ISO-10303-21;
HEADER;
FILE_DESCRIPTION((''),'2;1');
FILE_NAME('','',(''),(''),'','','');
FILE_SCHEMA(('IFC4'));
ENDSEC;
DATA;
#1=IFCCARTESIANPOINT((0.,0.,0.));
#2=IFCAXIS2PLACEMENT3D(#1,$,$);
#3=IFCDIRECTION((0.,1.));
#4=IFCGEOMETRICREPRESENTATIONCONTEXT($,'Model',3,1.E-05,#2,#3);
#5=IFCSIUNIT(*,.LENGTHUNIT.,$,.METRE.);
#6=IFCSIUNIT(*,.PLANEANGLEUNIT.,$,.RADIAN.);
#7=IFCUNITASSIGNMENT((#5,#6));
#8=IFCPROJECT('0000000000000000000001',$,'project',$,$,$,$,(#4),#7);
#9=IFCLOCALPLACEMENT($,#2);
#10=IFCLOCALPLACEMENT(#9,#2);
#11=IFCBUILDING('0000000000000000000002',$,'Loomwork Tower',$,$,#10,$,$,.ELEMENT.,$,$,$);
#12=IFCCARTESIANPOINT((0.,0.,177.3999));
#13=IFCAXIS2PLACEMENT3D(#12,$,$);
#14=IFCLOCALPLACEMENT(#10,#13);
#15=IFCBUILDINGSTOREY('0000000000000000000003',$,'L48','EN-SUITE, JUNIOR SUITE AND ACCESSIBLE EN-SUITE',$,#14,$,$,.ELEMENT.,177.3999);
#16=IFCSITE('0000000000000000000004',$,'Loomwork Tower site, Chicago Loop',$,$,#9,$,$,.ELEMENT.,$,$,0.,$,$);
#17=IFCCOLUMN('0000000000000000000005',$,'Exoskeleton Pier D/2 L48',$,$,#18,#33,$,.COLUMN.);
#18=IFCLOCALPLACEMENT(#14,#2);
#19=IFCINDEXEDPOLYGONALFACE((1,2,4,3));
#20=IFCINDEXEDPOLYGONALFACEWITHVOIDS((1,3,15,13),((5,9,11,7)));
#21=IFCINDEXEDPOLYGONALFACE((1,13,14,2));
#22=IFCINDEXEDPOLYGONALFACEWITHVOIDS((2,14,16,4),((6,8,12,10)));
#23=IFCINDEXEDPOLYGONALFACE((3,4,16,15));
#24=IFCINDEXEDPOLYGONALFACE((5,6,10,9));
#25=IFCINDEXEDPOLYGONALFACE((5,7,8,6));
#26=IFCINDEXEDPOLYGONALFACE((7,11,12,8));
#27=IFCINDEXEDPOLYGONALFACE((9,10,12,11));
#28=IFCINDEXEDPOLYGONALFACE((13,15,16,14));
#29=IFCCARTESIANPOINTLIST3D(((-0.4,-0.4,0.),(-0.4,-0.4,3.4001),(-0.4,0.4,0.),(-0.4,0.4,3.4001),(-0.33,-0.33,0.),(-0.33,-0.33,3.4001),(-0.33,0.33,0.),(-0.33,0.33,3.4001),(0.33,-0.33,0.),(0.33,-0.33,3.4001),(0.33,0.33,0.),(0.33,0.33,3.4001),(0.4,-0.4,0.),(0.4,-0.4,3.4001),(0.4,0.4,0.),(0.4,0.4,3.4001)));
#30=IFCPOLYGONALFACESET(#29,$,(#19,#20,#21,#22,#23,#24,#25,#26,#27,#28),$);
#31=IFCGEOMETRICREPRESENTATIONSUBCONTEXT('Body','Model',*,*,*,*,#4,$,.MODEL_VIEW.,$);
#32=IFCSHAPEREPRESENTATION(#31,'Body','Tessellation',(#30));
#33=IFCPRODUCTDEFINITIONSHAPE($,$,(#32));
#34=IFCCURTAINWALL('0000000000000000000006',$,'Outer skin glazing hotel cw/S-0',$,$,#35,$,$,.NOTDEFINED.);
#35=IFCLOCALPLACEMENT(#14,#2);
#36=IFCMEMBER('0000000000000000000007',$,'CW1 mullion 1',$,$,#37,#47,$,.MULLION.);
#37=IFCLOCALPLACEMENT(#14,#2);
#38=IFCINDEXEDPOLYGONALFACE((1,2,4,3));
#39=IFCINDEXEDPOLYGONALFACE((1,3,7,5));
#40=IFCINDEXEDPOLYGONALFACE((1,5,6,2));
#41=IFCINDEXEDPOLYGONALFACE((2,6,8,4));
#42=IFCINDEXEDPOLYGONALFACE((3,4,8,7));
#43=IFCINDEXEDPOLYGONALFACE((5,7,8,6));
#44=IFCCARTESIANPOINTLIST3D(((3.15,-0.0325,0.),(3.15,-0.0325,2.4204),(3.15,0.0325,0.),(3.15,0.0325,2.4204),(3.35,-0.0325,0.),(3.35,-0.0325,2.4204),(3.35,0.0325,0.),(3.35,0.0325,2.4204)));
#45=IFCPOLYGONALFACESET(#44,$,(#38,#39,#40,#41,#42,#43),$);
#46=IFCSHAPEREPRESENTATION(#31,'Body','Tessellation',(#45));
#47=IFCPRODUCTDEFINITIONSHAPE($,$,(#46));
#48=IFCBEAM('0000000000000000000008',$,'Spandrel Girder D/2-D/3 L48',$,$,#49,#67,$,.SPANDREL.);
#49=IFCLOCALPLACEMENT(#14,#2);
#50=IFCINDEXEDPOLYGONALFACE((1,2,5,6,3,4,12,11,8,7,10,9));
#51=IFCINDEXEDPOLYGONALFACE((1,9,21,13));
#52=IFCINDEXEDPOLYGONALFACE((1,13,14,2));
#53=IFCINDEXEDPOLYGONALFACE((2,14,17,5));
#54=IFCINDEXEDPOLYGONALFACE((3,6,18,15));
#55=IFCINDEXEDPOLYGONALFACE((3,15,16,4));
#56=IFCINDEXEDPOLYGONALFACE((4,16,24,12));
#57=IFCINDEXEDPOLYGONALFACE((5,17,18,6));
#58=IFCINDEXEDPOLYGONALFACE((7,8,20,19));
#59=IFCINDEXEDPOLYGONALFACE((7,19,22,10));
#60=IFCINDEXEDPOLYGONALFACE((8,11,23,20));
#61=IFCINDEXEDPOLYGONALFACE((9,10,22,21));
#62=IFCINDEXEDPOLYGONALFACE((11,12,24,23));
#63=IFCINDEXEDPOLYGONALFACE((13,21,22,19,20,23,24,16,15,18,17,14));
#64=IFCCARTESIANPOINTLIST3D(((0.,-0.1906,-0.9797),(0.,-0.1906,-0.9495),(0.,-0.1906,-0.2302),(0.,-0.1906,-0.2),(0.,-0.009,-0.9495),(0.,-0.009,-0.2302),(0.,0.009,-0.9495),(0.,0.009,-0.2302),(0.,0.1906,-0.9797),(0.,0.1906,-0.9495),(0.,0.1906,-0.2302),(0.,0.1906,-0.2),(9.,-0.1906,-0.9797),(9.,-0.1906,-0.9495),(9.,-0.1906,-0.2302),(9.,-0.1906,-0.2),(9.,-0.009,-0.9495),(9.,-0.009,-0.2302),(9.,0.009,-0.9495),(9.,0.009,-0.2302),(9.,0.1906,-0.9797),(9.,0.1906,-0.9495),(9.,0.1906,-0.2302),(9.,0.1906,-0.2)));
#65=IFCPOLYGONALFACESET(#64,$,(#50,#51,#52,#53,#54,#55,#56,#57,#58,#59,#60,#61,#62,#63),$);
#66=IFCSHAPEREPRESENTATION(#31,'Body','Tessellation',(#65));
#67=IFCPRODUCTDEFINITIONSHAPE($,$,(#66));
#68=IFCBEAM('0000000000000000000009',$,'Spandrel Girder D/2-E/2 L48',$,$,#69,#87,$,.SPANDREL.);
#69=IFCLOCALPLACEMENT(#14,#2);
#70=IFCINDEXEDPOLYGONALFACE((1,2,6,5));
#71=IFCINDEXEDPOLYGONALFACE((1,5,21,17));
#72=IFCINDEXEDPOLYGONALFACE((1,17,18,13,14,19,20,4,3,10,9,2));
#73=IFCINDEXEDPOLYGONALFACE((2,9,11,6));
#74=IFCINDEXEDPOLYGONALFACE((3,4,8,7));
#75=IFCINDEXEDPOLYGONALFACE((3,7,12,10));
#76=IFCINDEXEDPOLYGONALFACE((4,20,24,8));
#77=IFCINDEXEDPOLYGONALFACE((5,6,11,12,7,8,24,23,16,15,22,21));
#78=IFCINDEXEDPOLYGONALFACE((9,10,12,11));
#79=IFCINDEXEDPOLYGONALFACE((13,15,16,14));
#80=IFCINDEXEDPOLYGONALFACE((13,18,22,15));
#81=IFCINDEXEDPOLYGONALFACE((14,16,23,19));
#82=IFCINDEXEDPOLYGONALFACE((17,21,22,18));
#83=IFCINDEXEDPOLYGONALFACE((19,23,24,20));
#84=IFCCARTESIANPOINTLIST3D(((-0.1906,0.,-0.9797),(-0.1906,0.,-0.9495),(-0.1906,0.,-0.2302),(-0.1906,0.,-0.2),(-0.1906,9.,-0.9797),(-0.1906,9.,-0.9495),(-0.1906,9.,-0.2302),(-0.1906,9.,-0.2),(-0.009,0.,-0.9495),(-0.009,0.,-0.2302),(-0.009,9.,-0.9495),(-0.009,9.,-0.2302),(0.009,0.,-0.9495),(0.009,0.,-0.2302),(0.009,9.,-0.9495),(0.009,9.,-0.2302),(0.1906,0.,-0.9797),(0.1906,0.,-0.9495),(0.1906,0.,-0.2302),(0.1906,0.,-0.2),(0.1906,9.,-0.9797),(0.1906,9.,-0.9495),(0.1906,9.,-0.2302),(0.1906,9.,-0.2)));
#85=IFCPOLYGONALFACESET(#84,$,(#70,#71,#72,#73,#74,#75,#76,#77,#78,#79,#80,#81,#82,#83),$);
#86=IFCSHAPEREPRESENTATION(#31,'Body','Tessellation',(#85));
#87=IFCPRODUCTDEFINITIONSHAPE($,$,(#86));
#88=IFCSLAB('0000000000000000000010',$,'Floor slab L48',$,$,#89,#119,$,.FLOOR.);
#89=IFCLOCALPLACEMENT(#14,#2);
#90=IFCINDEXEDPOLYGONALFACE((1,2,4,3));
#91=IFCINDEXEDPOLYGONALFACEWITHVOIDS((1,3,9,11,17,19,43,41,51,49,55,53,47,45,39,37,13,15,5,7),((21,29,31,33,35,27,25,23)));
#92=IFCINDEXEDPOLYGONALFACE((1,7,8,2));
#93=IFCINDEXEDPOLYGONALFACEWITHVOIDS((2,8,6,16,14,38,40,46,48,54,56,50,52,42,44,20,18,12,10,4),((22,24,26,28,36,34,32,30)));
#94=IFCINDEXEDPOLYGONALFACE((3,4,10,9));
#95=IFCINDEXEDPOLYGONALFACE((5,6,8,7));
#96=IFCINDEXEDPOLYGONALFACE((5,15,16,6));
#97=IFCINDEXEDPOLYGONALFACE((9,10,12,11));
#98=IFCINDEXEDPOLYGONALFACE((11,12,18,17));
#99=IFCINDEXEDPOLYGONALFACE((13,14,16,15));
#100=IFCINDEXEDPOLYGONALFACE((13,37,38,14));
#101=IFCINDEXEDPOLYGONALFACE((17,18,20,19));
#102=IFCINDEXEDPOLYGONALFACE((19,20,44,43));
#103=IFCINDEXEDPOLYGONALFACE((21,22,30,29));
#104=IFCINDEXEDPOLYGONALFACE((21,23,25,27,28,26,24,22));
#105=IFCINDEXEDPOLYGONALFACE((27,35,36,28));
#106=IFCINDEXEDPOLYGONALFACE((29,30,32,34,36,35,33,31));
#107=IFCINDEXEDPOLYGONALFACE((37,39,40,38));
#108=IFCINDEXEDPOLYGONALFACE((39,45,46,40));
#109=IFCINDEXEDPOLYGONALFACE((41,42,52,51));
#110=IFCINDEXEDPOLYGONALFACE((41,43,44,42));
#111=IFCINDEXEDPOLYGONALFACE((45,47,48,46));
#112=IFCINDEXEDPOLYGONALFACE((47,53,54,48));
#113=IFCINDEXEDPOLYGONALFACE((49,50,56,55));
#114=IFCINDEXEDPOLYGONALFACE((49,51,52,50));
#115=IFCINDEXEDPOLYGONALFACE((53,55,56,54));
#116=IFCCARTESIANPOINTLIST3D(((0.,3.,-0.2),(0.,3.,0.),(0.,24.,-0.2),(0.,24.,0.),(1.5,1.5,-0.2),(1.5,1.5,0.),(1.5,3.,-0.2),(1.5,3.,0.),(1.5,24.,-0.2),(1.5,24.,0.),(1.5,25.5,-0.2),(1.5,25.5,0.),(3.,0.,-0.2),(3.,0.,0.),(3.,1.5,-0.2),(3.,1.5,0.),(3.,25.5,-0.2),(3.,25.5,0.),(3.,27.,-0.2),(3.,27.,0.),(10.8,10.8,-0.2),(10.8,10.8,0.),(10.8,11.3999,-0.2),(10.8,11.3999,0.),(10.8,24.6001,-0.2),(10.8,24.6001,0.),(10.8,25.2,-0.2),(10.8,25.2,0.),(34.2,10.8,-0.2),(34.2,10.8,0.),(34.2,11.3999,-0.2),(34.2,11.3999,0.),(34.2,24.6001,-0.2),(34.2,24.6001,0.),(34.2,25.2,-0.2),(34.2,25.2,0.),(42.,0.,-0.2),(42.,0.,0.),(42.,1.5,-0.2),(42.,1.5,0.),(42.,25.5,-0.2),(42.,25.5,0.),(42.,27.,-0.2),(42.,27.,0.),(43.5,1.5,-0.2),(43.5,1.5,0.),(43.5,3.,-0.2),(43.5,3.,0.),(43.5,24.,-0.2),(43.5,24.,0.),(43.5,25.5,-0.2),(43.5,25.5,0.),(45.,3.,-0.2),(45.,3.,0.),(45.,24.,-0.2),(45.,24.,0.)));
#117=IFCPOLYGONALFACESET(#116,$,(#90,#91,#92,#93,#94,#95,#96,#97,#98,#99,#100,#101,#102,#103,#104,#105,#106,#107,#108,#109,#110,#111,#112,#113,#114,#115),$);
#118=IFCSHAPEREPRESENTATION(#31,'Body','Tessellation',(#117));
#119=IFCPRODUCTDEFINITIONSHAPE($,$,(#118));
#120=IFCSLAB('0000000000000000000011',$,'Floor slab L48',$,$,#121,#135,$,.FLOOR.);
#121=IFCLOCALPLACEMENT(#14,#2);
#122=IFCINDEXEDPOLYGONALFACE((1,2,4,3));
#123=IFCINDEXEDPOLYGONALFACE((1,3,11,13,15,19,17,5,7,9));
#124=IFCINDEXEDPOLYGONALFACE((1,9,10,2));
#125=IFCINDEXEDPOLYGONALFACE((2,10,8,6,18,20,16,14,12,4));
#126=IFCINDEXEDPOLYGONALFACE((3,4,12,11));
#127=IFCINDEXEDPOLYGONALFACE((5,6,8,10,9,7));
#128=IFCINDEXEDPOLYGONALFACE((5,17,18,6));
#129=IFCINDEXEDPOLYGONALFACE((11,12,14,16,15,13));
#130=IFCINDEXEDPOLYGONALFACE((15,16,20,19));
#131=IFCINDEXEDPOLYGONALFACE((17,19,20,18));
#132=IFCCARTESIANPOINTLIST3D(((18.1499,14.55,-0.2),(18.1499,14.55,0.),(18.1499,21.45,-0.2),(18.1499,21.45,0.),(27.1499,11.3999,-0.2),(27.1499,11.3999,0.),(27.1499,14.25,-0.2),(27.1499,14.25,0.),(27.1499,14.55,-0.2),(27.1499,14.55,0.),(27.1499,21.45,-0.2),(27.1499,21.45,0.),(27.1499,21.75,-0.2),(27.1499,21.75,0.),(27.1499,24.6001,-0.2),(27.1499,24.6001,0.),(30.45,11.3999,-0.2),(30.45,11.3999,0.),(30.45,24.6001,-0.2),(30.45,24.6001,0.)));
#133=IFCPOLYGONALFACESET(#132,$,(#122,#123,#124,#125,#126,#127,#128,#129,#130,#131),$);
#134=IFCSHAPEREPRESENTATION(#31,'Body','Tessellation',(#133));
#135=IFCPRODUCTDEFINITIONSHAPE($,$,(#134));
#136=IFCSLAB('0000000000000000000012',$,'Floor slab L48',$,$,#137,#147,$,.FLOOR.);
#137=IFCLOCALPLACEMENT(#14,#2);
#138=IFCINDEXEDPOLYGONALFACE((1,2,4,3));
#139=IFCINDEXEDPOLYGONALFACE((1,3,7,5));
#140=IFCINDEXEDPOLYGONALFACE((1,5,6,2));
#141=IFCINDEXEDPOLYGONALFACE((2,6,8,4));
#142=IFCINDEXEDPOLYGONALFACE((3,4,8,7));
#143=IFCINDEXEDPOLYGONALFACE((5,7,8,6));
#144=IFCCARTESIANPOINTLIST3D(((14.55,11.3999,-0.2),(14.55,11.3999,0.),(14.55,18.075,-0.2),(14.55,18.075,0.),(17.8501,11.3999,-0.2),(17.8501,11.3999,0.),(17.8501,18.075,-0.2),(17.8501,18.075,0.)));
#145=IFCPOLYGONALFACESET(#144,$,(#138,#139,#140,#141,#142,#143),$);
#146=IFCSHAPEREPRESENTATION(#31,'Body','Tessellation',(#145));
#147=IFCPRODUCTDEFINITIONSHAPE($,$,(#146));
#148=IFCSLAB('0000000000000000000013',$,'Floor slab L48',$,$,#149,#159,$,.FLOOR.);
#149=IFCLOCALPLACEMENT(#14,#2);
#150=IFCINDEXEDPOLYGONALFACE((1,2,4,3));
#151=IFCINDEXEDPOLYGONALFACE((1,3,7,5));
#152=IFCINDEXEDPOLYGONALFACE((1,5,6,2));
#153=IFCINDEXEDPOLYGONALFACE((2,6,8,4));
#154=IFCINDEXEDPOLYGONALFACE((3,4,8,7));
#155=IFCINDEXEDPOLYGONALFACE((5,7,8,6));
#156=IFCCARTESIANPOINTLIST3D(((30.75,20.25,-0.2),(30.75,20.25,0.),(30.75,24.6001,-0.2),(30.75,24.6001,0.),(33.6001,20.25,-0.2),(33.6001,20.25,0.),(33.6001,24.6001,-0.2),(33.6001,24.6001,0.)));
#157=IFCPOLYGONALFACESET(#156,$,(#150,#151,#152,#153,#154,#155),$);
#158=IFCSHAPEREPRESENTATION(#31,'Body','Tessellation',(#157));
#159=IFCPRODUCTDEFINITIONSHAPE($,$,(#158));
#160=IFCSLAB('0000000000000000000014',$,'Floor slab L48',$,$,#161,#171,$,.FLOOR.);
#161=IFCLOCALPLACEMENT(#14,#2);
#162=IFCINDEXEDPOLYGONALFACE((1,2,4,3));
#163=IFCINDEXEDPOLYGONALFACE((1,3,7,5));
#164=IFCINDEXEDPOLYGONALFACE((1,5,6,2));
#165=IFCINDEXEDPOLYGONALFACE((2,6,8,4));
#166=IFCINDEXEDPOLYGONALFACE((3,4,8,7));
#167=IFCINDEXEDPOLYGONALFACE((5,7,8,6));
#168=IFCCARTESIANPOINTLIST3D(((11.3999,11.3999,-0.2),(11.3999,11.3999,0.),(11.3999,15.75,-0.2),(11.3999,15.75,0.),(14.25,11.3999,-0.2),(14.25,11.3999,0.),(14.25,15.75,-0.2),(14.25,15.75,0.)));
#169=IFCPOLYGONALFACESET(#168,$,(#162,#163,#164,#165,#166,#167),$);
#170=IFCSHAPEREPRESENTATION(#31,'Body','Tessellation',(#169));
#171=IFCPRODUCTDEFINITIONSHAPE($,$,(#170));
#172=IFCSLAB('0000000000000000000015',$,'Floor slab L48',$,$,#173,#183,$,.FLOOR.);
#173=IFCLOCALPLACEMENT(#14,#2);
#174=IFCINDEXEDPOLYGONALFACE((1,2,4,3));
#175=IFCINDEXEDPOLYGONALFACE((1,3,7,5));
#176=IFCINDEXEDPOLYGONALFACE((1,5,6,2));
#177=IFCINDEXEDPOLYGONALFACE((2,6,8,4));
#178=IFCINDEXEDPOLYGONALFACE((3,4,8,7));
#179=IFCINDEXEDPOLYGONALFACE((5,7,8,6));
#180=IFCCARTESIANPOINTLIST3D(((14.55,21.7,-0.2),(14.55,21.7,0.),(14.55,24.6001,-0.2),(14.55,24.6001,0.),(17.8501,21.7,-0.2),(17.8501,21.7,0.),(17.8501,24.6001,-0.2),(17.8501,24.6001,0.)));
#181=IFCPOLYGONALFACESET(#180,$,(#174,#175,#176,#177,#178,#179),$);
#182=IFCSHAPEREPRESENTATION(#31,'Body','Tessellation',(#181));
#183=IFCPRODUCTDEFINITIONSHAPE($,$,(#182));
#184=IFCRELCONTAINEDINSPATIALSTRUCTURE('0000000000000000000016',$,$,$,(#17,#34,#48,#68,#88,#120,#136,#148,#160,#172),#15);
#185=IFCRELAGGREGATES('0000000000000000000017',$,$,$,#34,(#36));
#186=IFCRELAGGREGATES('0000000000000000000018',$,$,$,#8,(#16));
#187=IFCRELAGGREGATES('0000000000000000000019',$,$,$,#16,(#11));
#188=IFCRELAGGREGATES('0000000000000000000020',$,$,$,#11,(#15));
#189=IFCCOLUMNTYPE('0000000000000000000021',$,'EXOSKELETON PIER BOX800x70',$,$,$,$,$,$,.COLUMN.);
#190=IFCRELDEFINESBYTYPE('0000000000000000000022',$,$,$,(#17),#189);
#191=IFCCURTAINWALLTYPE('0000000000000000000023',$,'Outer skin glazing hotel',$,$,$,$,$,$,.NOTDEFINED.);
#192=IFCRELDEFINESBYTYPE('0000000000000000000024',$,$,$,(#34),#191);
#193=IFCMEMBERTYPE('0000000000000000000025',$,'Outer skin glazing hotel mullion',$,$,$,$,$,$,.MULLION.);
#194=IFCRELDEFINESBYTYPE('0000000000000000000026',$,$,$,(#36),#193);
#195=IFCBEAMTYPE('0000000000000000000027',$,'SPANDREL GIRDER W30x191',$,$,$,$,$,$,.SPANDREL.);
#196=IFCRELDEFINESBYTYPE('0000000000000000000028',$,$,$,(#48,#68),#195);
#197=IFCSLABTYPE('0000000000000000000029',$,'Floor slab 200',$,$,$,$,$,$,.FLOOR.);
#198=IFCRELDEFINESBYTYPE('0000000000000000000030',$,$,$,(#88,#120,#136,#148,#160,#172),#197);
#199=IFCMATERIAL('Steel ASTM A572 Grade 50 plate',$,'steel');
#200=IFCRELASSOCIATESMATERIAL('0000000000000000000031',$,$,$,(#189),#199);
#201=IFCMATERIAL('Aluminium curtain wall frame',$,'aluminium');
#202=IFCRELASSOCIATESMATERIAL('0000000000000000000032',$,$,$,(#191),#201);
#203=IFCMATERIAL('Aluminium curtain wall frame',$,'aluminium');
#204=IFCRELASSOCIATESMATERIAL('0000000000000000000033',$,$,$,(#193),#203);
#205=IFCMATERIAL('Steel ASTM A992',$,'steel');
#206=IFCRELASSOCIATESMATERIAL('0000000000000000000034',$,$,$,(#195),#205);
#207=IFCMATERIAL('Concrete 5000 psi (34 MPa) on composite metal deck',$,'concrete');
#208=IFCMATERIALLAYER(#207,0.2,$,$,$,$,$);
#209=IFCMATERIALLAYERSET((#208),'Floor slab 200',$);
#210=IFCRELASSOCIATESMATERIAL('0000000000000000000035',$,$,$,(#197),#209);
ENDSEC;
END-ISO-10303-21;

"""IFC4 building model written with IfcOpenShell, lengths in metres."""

from ifc_helpers import new_model, si_unit, direction, frame, origin, origin_with_axes, origin_2d, place, context, subcontext, project, spatial, polyline, rectangle, hollow_rectangle, i_section, outline, extrude, material, layer, layer_set, material_profile, profile_set, type_object, element, aggregate, save


model = new_model("IFC4")

# Units and contexts
model_context = context("Model", 3, precision=1e-05, world=origin(), true_north=direction((0.0, 1.0)))
body_context = subcontext(model_context, "Body", "Model", "MODEL_VIEW")
ifc_project = project(units=[si_unit("LENGTHUNIT", "METRE"), si_unit("PLANEANGLEUNIT", "RADIAN")], contexts=[model_context])

# Site, building, storey
site_placement = place(None, origin())
site = spatial("IfcSite", under=ifc_project, at=site_placement, Name="Loomwork Tower site, Chicago Loop", CompositionType="ELEMENT", RefElevation=0.0)
building_placement = place(site_placement, origin())
building = spatial("IfcBuilding", under=site, at=building_placement, Name="Loomwork Tower", CompositionType="ELEMENT")
storey_placement = place(building_placement, frame((0.0, 0.0, 177.3999)))
storey = spatial("IfcBuildingStorey", under=building, at=storey_placement, Name="L48", Description="EN-SUITE, JUNIOR SUITE AND ACCESSIBLE EN-SUITE", CompositionType="ELEMENT", Elevation=177.3999)

# Column
ifc_material_1 = material(Name="Steel ASTM A572 Grade 50 plate", Category="steel")
ifc_material_profile_1 = material_profile(ifc_material_1, hollow_rectangle(XDim=0.8, YDim=0.8, WallThickness=0.0701, at=origin_2d()), Name="BOX800x70")
ifc_profile_set_1 = profile_set([ifc_material_profile_1], Name="Steel ASTM A572 Grade 50 plate")
column_type = type_object("IfcColumnType", Name="EXOSKELETON PIER BOX800x70", PredefinedType="COLUMN", material=ifc_profile_set_1)
column_placement = place(storey_placement, origin_with_axes())
element("IfcColumn", 1, at=column_placement, inside=storey, type_object=column_type, Name="Exoskeleton Pier D/2 L48", PredefinedType="COLUMN", context=body_context, shape_type="SweptSolid", body=[
    extrude(hollow_rectangle(XDim=0.8, YDim=0.8, WallThickness=0.0701, at=origin_2d()), origin(), (0.0, 0.0, 1.0), 3.4001),
])

# Curtain wall, member
ifc_material_2 = material(Name="Aluminium curtain wall frame", Category="aluminium")
curtain_wall_type = type_object("IfcCurtainWallType", Name="Outer skin glazing hotel", PredefinedType="NOTDEFINED", material=ifc_material_2)
curtain_wall_placement = place(storey_placement, origin())
curtain_wall = element("IfcCurtainWall", 2, at=curtain_wall_placement, inside=storey, type_object=curtain_wall_type, Name="Outer skin glazing hotel cw/S-0", PredefinedType="NOTDEFINED")
ifc_material_3 = material(Name="Aluminium curtain wall frame", Category="aluminium")
ifc_material_profile_2 = material_profile(ifc_material_3, rectangle(XDim=0.0649, YDim=0.2, at=origin_2d()), Name="AL 65x200")
ifc_profile_set_2 = profile_set([ifc_material_profile_2], Name="Aluminium curtain wall frame")
member_type = type_object("IfcMemberType", Name="Outer skin glazing hotel mullion", PredefinedType="MULLION", material=ifc_profile_set_2)
member_placement = place(storey_placement, frame((3.25, 0.0, 0.0), z_axis=(0.0, 0.0, 1.0), x_axis=(0.0, 1.0, 0.0)))
member = element("IfcMember", 3, at=member_placement, type_object=member_type, Name="CW1 mullion 1", PredefinedType="MULLION", context=body_context, shape_type="SweptSolid", body=[
    extrude(rectangle(XDim=0.0649, YDim=0.2, at=origin_2d()), origin(), (0.0, 0.0, 1.0), 2.4204),
])
aggregate(curtain_wall, [member])

# Beams
ifc_material_4 = material(Name="Steel ASTM A992", Category="steel")
ifc_material_profile_3 = material_profile(ifc_material_4, i_section(OverallWidth=0.3811, OverallDepth=0.7798, WebThickness=0.0181, FlangeThickness=0.0303, at=origin_2d()), Name="W30x191")
ifc_profile_set_3 = profile_set([ifc_material_profile_3], Name="Steel ASTM A992")
beam_type = type_object("IfcBeamType", Name="SPANDREL GIRDER W30x191", PredefinedType="SPANDREL", material=ifc_profile_set_3)
for number, where, z_axis, x_axis, name in (
    (4, (0.0, 0.0, -0.5898), (1.0, 0.0, 0.0), (0.0, 1.0, 0.0), "Spandrel Girder D/2-D/3 L48"),
    (5, (0.0, 0.0, -0.5898), (0.0, 1.0, 0.0), (-1.0, 0.0, 0.0), "Spandrel Girder D/2-E/2 L48"),
):
    element("IfcBeam", number, at=place(storey_placement, frame(where, z_axis=z_axis, x_axis=x_axis)), inside=storey, type_object=beam_type, Name=name, PredefinedType="SPANDREL", context=body_context, shape_type="SweptSolid", body=[
        extrude(i_section(OverallWidth=0.3811, OverallDepth=0.7798, WebThickness=0.0181, FlangeThickness=0.0303, at=origin_2d()), origin(), (0.0, 0.0, 1.0), 9.0),
    ])

# Slabs
ifc_material_5 = material(Name="Concrete 5000 psi (34 MPa) on composite metal deck", Category="concrete")
ifc_layer_1 = layer(ifc_material_5, 0.2)
ifc_layer_set_1 = layer_set([ifc_layer_1], Name="Floor slab 200")
slab_type_1 = type_object("IfcSlabType", Name="Floor slab 200", PredefinedType="FLOOR", material=ifc_layer_set_1)
slab_1_placement = place(storey_placement, frame((0.0, 0.0, -0.2)))
element("IfcSlab", 6, at=slab_1_placement, inside=storey, type_object=slab_type_1, Name="Floor slab L48", PredefinedType="FLOOR", context=body_context, shape_type="SweptSolid", body=[
    extrude(outline(polyline([(3.0, 1.5), (1.5, 1.5), (1.5, 3.0), (0.0, 3.0), (0.0, 24.0), (1.5, 24.0), (1.5, 25.5), (3.0, 25.5), (3.0, 27.0), (42.0, 27.0), (42.0, 25.5), (43.5, 25.5), (43.5, 24.0), (45.0, 24.0), (45.0, 3.0), (43.5, 3.0), (43.5, 1.5), (42.0, 1.5), (42.0, 0.0), (3.0, 0.0), (3.0, 1.5)]), holes=[polyline([(10.8, 11.3999), (10.8, 11.3999), (10.8, 10.8), (34.2, 10.8), (34.2, 11.3999), (34.2, 11.3999), (34.2, 24.6001), (34.2, 25.2), (10.8, 25.2), (10.8, 24.6001), (10.8, 11.3999)])]), origin(), (0.0, 0.0, 1.0), 0.2),
])
slab_2_placement = place(storey_placement, frame((0.0, 0.0, -0.2)))
element("IfcSlab", 7, at=slab_2_placement, inside=storey, type_object=slab_type_1, Name="Floor slab L48", PredefinedType="FLOOR", context=body_context, shape_type="SweptSolid", body=[
    extrude(outline(polyline([(30.45, 24.6001), (30.45, 11.3999), (27.1499, 11.3999), (27.1499, 14.25), (27.1499, 14.55), (18.1499, 14.55), (18.1499, 21.45), (27.1499, 21.45), (27.1499, 21.75), (27.1499, 24.6001), (30.45, 24.6001)])), origin(), (0.0, 0.0, 1.0), 0.2),
])
slab_3_placement = place(storey_placement, frame((0.0, 0.0, -0.2)))
element("IfcSlab", 8, at=slab_3_placement, inside=storey, type_object=slab_type_1, Name="Floor slab L48", PredefinedType="FLOOR", context=body_context, shape_type="SweptSolid", body=[
    extrude(outline(polyline([(14.55, 11.3999), (14.55, 18.075), (17.8501, 18.075), (17.8501, 11.3999), (14.55, 11.3999)])), origin(), (0.0, 0.0, 1.0), 0.2),
])
slab_4_placement = place(storey_placement, frame((0.0, 0.0, -0.2)))
element("IfcSlab", 9, at=slab_4_placement, inside=storey, type_object=slab_type_1, Name="Floor slab L48", PredefinedType="FLOOR", context=body_context, shape_type="SweptSolid", body=[
    extrude(outline(polyline([(33.6001, 20.25), (30.75, 20.25), (30.75, 24.6001), (33.6001, 24.6001), (33.6001, 20.25)])), origin(), (0.0, 0.0, 1.0), 0.2),
])
slab_5_placement = place(storey_placement, frame((0.0, 0.0, -0.2)))
element("IfcSlab", 10, at=slab_5_placement, inside=storey, type_object=slab_type_1, Name="Floor slab L48", PredefinedType="FLOOR", context=body_context, shape_type="SweptSolid", body=[
    extrude(outline(polyline([(14.25, 15.75), (14.25, 11.3999), (11.3999, 11.3999), (11.3999, 15.75), (14.25, 15.75)])), origin(), (0.0, 0.0, 1.0), 0.2),
])
slab_6_placement = place(storey_placement, frame((0.0, 0.0, -0.2)))
element("IfcSlab", 11, at=slab_6_placement, inside=storey, type_object=slab_type_1, Name="Floor slab L48", PredefinedType="FLOOR", context=body_context, shape_type="SweptSolid", body=[
    extrude(outline(polyline([(14.55, 21.7), (14.55, 24.6001), (17.8501, 24.6001), (17.8501, 21.7), (14.55, 21.7)])), origin(), (0.0, 0.0, 1.0), 0.2),
])

save(model, "model.ifc")
